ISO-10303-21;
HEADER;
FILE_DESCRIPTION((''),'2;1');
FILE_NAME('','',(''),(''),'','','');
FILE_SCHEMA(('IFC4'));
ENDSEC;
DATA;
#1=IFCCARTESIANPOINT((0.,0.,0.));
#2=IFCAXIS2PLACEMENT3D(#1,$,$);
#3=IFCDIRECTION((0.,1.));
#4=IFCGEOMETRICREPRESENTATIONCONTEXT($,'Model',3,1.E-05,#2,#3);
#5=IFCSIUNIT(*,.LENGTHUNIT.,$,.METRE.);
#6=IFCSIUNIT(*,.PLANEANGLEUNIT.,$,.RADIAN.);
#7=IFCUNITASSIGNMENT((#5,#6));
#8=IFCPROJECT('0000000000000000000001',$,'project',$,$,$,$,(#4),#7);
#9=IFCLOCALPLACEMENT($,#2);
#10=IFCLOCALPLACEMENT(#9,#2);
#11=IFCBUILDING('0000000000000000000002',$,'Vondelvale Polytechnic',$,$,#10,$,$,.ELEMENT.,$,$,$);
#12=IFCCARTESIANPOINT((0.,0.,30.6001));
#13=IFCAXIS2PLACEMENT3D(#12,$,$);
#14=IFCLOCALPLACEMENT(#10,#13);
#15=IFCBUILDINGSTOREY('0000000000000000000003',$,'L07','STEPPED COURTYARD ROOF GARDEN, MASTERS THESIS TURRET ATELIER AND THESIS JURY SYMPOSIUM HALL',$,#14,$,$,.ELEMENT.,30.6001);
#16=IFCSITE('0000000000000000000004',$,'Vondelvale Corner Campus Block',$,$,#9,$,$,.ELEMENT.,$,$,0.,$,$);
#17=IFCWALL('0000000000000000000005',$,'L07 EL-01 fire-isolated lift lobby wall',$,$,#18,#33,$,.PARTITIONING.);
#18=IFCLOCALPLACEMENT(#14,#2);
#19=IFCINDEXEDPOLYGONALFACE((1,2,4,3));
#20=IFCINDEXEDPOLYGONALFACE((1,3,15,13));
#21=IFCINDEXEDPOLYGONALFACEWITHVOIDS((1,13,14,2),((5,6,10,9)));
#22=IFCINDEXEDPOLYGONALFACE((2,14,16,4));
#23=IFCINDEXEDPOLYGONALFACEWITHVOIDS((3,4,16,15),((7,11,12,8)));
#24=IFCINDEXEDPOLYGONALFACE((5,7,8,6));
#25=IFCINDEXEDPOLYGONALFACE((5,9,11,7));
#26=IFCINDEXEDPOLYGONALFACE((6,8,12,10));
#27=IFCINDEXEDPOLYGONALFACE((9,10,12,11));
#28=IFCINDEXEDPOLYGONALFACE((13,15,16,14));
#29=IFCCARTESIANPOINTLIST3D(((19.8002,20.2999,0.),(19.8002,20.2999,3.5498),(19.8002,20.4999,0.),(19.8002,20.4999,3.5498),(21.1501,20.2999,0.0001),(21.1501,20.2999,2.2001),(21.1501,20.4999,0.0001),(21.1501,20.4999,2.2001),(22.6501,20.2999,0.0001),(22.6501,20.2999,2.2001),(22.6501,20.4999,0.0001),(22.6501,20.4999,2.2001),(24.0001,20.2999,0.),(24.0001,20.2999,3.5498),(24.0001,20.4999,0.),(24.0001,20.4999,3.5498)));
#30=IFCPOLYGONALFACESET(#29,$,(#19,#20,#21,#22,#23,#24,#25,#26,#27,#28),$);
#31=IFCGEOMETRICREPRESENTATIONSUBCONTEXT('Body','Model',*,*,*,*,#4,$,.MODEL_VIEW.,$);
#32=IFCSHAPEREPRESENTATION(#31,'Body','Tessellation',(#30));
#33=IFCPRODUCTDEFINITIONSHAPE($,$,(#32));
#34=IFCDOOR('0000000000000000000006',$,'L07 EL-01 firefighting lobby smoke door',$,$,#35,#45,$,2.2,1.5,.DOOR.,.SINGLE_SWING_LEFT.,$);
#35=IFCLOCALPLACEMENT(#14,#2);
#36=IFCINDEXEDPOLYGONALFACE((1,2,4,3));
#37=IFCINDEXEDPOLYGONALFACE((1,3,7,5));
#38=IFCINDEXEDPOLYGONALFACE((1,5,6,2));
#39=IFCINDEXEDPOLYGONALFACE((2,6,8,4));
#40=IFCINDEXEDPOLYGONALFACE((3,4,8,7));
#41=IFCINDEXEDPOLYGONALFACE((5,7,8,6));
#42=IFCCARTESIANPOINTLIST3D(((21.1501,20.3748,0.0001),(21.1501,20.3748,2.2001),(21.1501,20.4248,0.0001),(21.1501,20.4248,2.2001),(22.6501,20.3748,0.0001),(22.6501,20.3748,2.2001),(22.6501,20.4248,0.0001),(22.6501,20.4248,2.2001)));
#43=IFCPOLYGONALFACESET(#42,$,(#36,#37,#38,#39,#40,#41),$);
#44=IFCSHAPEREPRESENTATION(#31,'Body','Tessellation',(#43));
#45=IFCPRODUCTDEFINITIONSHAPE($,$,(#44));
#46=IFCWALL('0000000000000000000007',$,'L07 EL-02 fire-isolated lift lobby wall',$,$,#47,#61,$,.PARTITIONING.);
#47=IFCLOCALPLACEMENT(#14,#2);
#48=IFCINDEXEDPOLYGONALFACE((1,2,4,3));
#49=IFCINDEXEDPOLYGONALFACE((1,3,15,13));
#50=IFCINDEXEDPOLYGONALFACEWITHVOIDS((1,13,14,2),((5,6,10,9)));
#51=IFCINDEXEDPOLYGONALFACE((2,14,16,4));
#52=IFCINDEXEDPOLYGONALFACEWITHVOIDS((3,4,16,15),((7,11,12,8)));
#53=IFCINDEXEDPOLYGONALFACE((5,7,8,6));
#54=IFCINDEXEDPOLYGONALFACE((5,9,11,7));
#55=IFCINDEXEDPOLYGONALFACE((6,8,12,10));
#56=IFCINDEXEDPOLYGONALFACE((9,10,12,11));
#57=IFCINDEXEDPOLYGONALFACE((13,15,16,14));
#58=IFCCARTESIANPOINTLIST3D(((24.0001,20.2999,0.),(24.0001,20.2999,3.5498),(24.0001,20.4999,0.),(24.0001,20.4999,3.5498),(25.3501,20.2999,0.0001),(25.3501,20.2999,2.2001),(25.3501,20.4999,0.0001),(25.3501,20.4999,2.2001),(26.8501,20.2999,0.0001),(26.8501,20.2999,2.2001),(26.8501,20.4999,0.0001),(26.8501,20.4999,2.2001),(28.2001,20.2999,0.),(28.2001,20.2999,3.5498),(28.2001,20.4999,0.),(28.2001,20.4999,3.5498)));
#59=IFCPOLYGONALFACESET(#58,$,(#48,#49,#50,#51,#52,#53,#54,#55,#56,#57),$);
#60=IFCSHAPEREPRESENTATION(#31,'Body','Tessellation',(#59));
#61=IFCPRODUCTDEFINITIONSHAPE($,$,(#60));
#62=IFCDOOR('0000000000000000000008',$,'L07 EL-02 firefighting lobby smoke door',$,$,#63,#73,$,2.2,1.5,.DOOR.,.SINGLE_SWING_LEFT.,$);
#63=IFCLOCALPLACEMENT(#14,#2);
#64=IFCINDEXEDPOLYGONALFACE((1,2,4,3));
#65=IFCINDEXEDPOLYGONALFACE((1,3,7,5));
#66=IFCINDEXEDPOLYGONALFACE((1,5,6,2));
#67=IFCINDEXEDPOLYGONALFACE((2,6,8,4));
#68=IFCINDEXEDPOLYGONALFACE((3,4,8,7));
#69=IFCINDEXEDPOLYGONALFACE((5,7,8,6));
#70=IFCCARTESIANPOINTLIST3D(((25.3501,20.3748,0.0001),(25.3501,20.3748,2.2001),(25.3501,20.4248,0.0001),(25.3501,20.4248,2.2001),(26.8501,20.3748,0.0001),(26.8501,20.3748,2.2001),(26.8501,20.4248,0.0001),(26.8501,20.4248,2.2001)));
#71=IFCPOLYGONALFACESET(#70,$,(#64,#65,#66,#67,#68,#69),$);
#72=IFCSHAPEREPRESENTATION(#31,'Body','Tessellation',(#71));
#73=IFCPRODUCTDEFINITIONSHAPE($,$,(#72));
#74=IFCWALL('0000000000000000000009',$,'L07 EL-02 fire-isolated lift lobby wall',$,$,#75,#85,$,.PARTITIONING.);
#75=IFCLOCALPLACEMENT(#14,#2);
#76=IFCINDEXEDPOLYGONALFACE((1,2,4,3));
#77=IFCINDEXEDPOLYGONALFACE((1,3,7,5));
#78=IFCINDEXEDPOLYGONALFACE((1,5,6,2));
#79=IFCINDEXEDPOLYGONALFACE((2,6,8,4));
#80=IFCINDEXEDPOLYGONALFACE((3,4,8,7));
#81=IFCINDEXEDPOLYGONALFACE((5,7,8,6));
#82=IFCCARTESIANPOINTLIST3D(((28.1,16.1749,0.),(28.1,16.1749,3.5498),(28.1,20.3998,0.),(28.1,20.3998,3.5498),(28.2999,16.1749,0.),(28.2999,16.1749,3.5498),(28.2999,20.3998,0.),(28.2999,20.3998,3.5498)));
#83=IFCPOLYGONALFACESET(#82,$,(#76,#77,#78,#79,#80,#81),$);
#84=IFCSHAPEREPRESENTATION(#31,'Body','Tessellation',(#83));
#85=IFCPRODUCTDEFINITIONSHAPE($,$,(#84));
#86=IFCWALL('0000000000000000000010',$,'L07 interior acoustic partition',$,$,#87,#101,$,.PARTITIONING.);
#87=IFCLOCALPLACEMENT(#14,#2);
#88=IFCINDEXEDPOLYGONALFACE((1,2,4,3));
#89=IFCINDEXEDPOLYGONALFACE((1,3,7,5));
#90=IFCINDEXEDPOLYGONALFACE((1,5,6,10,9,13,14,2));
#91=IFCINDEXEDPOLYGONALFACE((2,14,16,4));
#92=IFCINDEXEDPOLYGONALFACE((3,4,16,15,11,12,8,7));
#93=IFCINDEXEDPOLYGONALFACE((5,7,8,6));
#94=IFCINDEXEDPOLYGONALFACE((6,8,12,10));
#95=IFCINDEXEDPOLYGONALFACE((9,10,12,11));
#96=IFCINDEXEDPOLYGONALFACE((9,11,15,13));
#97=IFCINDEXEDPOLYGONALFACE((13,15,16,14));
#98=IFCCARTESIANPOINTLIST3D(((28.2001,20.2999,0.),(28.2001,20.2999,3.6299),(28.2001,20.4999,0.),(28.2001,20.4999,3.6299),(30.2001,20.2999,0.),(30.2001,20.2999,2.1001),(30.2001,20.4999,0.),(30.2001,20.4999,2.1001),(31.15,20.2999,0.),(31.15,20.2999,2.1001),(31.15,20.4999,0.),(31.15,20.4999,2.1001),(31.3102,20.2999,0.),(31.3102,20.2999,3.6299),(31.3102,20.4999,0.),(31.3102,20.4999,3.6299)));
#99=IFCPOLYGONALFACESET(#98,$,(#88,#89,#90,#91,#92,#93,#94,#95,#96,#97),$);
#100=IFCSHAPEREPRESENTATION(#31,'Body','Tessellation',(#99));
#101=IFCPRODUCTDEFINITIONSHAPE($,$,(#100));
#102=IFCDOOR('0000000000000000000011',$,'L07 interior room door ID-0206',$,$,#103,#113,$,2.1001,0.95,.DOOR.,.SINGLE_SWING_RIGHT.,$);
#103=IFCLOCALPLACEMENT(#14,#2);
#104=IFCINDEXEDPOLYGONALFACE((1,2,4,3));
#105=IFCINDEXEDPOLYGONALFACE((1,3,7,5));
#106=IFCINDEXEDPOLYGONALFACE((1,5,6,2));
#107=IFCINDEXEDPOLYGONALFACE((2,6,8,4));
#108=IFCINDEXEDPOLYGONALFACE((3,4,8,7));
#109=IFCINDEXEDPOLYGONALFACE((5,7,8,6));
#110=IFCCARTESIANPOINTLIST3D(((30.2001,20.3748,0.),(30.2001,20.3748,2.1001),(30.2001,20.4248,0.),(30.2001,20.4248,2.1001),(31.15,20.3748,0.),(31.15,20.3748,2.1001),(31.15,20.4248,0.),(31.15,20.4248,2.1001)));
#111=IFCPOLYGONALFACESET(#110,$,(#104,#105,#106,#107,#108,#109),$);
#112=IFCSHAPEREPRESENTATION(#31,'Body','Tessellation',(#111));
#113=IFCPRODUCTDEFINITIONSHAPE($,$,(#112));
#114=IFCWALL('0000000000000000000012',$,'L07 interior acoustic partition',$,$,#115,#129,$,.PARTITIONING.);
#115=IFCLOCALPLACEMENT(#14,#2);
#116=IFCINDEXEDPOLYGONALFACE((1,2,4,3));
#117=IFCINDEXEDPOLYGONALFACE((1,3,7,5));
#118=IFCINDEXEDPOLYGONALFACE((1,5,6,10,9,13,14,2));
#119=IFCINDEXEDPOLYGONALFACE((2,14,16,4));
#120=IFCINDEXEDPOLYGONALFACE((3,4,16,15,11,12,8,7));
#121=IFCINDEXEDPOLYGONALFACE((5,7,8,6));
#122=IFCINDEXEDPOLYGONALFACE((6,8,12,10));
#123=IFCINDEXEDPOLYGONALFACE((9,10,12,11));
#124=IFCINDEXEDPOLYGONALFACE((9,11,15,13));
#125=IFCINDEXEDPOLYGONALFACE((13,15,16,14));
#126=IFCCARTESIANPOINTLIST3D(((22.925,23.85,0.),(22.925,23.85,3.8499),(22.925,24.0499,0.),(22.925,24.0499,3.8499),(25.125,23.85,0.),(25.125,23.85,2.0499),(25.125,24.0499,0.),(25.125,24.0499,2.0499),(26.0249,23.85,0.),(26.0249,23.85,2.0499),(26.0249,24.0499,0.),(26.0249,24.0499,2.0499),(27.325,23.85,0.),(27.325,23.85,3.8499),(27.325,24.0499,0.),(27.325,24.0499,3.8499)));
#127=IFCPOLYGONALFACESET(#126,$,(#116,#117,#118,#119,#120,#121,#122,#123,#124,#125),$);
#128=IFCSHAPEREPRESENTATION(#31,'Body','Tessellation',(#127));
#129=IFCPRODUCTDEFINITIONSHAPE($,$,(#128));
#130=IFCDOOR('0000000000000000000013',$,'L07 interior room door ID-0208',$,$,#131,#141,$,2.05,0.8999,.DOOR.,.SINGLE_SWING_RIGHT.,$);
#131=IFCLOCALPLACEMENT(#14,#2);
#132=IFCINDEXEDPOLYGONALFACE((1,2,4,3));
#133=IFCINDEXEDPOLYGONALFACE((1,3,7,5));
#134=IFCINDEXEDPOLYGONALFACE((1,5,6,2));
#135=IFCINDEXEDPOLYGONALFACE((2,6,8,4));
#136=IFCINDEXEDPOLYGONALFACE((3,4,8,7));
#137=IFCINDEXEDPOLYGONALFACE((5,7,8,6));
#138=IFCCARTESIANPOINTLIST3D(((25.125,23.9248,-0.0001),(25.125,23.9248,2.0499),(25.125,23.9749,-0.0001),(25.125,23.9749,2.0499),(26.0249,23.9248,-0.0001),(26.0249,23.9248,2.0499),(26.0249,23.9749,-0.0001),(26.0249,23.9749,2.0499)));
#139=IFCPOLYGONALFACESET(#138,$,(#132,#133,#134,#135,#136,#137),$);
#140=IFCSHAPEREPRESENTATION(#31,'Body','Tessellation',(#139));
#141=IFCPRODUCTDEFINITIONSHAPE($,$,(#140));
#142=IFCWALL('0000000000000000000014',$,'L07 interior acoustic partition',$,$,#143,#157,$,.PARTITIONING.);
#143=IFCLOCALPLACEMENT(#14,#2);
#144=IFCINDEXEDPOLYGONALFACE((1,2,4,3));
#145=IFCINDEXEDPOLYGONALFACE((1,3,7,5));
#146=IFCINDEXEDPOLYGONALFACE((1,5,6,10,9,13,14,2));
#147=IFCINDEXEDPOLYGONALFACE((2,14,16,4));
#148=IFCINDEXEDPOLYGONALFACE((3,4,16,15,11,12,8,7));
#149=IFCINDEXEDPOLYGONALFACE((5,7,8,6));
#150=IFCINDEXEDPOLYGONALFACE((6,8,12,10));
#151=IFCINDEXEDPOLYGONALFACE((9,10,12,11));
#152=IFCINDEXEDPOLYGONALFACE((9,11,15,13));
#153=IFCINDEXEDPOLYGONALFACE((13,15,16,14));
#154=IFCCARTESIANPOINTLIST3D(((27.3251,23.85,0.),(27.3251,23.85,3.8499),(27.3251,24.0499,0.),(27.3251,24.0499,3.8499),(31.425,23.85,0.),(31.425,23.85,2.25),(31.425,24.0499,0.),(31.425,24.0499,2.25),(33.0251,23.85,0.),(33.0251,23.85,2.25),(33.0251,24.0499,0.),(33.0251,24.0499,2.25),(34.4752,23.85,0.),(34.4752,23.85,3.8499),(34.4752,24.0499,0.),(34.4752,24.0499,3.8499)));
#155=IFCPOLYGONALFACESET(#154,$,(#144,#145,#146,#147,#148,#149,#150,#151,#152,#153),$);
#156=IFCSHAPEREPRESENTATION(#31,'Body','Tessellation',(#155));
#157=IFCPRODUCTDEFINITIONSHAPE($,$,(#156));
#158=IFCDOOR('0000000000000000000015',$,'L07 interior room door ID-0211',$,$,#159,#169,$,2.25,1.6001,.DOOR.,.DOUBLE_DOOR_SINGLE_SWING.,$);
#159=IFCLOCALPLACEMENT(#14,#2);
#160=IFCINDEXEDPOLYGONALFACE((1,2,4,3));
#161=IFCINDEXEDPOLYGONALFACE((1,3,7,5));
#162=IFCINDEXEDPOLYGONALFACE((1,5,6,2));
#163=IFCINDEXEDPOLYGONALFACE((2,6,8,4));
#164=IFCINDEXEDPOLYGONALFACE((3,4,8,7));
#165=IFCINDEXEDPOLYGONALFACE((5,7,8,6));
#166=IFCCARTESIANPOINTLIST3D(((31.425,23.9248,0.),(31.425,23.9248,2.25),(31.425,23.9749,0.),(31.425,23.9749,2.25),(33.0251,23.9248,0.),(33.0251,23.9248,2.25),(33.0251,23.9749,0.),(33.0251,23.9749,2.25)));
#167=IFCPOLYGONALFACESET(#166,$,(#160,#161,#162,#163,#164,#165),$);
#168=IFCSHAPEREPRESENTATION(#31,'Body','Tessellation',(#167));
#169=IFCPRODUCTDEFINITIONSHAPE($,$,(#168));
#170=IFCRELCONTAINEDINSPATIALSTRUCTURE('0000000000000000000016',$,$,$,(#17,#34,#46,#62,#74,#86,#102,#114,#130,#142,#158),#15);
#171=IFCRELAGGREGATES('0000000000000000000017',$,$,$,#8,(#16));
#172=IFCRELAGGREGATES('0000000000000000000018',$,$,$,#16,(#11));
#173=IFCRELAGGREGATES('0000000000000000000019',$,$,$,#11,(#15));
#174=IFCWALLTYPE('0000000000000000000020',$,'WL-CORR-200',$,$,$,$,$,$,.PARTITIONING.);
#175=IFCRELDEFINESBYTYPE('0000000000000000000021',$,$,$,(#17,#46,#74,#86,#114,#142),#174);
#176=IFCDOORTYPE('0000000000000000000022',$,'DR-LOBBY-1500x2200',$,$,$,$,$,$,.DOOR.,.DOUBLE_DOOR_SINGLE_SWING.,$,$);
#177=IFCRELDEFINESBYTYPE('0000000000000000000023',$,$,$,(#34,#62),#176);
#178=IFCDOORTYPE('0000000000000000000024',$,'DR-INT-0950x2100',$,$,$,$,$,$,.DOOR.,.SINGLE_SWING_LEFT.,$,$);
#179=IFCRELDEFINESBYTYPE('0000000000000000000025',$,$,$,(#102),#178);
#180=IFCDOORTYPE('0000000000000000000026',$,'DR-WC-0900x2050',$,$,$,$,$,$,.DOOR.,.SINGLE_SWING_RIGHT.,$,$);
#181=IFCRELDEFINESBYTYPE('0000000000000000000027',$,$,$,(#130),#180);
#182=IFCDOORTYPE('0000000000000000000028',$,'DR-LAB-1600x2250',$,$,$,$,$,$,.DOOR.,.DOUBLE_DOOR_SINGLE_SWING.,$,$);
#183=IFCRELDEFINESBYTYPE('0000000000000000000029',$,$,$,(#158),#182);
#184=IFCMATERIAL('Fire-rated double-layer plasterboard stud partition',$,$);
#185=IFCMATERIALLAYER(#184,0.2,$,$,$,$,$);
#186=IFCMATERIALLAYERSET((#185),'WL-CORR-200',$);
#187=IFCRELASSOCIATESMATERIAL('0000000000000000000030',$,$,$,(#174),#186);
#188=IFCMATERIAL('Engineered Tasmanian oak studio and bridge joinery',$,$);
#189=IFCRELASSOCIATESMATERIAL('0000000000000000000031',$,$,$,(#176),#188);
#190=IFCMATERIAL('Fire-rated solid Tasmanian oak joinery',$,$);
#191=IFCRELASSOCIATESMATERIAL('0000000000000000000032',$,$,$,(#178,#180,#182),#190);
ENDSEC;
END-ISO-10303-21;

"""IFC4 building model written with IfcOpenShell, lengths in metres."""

from ifc_helpers import new_model, si_unit, direction, frame, frame_2d, origin, place, context, subcontext, project, spatial, rectangle, extrude, material, layer, layer_set, type_object, element, fill, save


model = new_model("IFC4")

# Units and contexts
model_context = context("Model", 3, precision=1e-05, world=origin(), true_north=direction((0.0, 1.0)))
body_context = subcontext(model_context, "Body", "Model", "MODEL_VIEW")
ifc_project = project(units=[si_unit("LENGTHUNIT", "METRE"), si_unit("PLANEANGLEUNIT", "RADIAN")], contexts=[model_context])

# Site, building, storey
site_placement = place(None, origin())
site = spatial("IfcSite", under=ifc_project, at=site_placement, Name="Vondelvale Corner Campus Block", CompositionType="ELEMENT", RefElevation=0.0)
building_placement = place(site_placement, origin())
building = spatial("IfcBuilding", under=site, at=building_placement, Name="Vondelvale Polytechnic", CompositionType="ELEMENT")
storey_placement = place(building_placement, frame((0.0, 0.0, 30.6001)))
storey = spatial("IfcBuildingStorey", under=building, at=storey_placement, Name="L07", Description="STEPPED COURTYARD ROOF GARDEN, MASTERS THESIS TURRET ATELIER AND THESIS JURY SYMPOSIUM HALL", CompositionType="ELEMENT", Elevation=30.6001)

# Walls, openings, doors
ifc_material_1 = material(Name="Fire-rated double-layer plasterboard stud partition")
ifc_layer_1 = layer(ifc_material_1, 0.2)
ifc_layer_set_1 = layer_set([ifc_layer_1], Name="WL-CORR-200")
wall_type_1 = type_object("IfcWallType", Name="WL-CORR-200", PredefinedType="PARTITIONING", material=ifc_layer_set_1)
wall_1_placement = place(storey_placement, frame((19.8, 20.3999, 0.0), z_axis=(0.0, 0.0, 1.0), x_axis=(1.0, 0.0, 0.0)))
wall_1 = element("IfcWall", 1, at=wall_1_placement, inside=storey, type_object=wall_type_1, Name="L07 EL-01 fire-isolated lift lobby wall", PredefinedType="PARTITIONING", context=body_context, shape_type="SweptSolid", body=[
    extrude(rectangle(XDim=4.2, YDim=0.2, at=frame_2d((2.1001, 0.0))), origin(), (0.0, 0.0, 1.0), 3.5498),
])
opening_1_placement = place(wall_1_placement, frame((1.3501, 0.0, 0.0)))
opening_1 = element("IfcOpeningElement", 2, at=opening_1_placement, cuts=wall_1, PredefinedType="OPENING", context=body_context, shape_type="SweptSolid", body=[
    extrude(rectangle(XDim=1.5, YDim=2.2, at=frame_2d((0.75, 1.1001))), frame((0.0, 0.1099, 0.0), z_axis=(0.0, -1.0, 0.0), x_axis=(1.0, 0.0, 0.0)), (0.0, 0.0, 1.0), 0.22),
])
ifc_material_2 = material(Name="Engineered Tasmanian oak studio and bridge joinery")
door_type_1 = type_object("IfcDoorType", Name="DR-LOBBY-1500x2200", OperationType="DOUBLE_DOOR_SINGLE_SWING", PredefinedType="DOOR", material=ifc_material_2)
door_1_placement = place(opening_1_placement, origin())
door_1 = element("IfcDoor", 3, at=door_1_placement, inside=storey, type_object=door_type_1, Name="L07 EL-01 firefighting lobby smoke door", OperationType="SINGLE_SWING_LEFT", OverallHeight=2.2, OverallWidth=1.5, PredefinedType="DOOR", context=body_context, shape_type="SweptSolid", body=[
    extrude(rectangle(XDim=1.5, YDim=2.2, at=frame_2d((0.75, 1.1001))), frame((0.0, 0.0249, 0.0), z_axis=(0.0, -1.0, 0.0), x_axis=(1.0, 0.0, 0.0)), (0.0, 0.0, 1.0), 0.05),
])
fill(opening_1, door_1)
wall_2_placement = place(storey_placement, frame((24.0, 20.3999, 0.0), z_axis=(0.0, 0.0, 1.0), x_axis=(1.0, 0.0, 0.0)))
wall_2 = element("IfcWall", 4, at=wall_2_placement, inside=storey, type_object=wall_type_1, Name="L07 EL-02 fire-isolated lift lobby wall", PredefinedType="PARTITIONING", context=body_context, shape_type="SweptSolid", body=[
    extrude(rectangle(XDim=4.2, YDim=0.2, at=frame_2d((2.1001, 0.0))), origin(), (0.0, 0.0, 1.0), 3.5498),
])
opening_2_placement = place(wall_2_placement, frame((1.3501, 0.0, 0.0)))
opening_2 = element("IfcOpeningElement", 5, at=opening_2_placement, cuts=wall_2, PredefinedType="OPENING", context=body_context, shape_type="SweptSolid", body=[
    extrude(rectangle(XDim=1.5, YDim=2.2, at=frame_2d((0.75, 1.1001))), frame((0.0, 0.1099, 0.0), z_axis=(0.0, -1.0, 0.0), x_axis=(1.0, 0.0, 0.0)), (0.0, 0.0, 1.0), 0.22),
])
door_2_placement = place(opening_2_placement, origin())
door_2 = element("IfcDoor", 6, at=door_2_placement, inside=storey, type_object=door_type_1, Name="L07 EL-02 firefighting lobby smoke door", OperationType="SINGLE_SWING_LEFT", OverallHeight=2.2, OverallWidth=1.5, PredefinedType="DOOR", context=body_context, shape_type="SweptSolid", body=[
    extrude(rectangle(XDim=1.5, YDim=2.2, at=frame_2d((0.75, 1.1001))), frame((0.0, 0.0249, 0.0), z_axis=(0.0, -1.0, 0.0), x_axis=(1.0, 0.0, 0.0)), (0.0, 0.0, 1.0), 0.05),
])
fill(opening_2, door_2)

# Wall
wall_3_placement = place(storey_placement, frame((28.2, 16.175, 0.0), z_axis=(0.0, 0.0, 1.0), x_axis=(0.0, 1.0, 0.0)))
element("IfcWall", 7, at=wall_3_placement, inside=storey, type_object=wall_type_1, Name="L07 EL-02 fire-isolated lift lobby wall", PredefinedType="PARTITIONING", context=body_context, shape_type="SweptSolid", body=[
    extrude(rectangle(XDim=4.2249, YDim=0.2, at=frame_2d((2.1123, 0.0))), origin(), (0.0, 0.0, 1.0), 3.5498),
])

# Walls, openings, doors
wall_4_placement = place(storey_placement, frame((28.2, 20.3999, 0.0), z_axis=(0.0, 0.0, 1.0), x_axis=(1.0, 0.0, 0.0)))
wall_4 = element("IfcWall", 8, at=wall_4_placement, inside=storey, type_object=wall_type_1, Name="L07 interior acoustic partition", PredefinedType="PARTITIONING", context=body_context, shape_type="SweptSolid", body=[
    extrude(rectangle(XDim=3.1101, YDim=0.2, at=frame_2d((1.5552, 0.0))), origin(), (0.0, 0.0, 1.0), 3.6299),
])
opening_3_placement = place(wall_4_placement, frame((2.0, 0.0, 0.0)))
opening_3 = element("IfcOpeningElement", 9, at=opening_3_placement, cuts=wall_4, PredefinedType="OPENING", context=body_context, shape_type="SweptSolid", body=[
    extrude(rectangle(XDim=0.95, YDim=2.1001, at=frame_2d((0.4751, 1.05))), frame((0.0, 0.1099, 0.0), z_axis=(0.0, -1.0, 0.0), x_axis=(1.0, 0.0, 0.0)), (0.0, 0.0, 1.0), 0.22),
])
ifc_material_3 = material(Name="Fire-rated solid Tasmanian oak joinery")
door_type_2 = type_object("IfcDoorType", Name="DR-INT-0950x2100", OperationType="SINGLE_SWING_LEFT", PredefinedType="DOOR", material=ifc_material_3)
door_3_placement = place(opening_3_placement, origin())
door_3 = element("IfcDoor", 10, at=door_3_placement, inside=storey, type_object=door_type_2, Name="L07 interior room door ID-0206", OperationType="SINGLE_SWING_RIGHT", OverallHeight=2.1001, OverallWidth=0.95, PredefinedType="DOOR", context=body_context, shape_type="SweptSolid", body=[
    extrude(rectangle(XDim=0.95, YDim=2.1001, at=frame_2d((0.4751, 1.05))), frame((0.0, 0.0249, 0.0), z_axis=(0.0, -1.0, 0.0), x_axis=(1.0, 0.0, 0.0)), (0.0, 0.0, 1.0), 0.05),
])
fill(opening_3, door_3)
wall_5_placement = place(storey_placement, frame((22.925, 23.95, 0.0), z_axis=(0.0, 0.0, 1.0), x_axis=(1.0, 0.0, 0.0)))
wall_5 = element("IfcWall", 11, at=wall_5_placement, inside=storey, type_object=wall_type_1, Name="L07 interior acoustic partition", PredefinedType="PARTITIONING", context=body_context, shape_type="SweptSolid", body=[
    extrude(rectangle(XDim=4.3999, YDim=0.2, at=frame_2d((2.2, 0.0))), origin(), (0.0, 0.0, 1.0), 3.8499),
])
opening_4_placement = place(wall_5_placement, frame((2.2, 0.0, 0.0)))
opening_4 = element("IfcOpeningElement", 12, at=opening_4_placement, cuts=wall_5, PredefinedType="OPENING", context=body_context, shape_type="SweptSolid", body=[
    extrude(rectangle(XDim=0.8999, YDim=2.05, at=frame_2d((0.45, 1.0249))), frame((0.0, 0.1099, 0.0), z_axis=(0.0, -1.0, 0.0), x_axis=(1.0, 0.0, 0.0)), (0.0, 0.0, 1.0), 0.22),
])
door_type_3 = type_object("IfcDoorType", Name="DR-WC-0900x2050", OperationType="SINGLE_SWING_RIGHT", PredefinedType="DOOR", material=ifc_material_3)
door_4_placement = place(opening_4_placement, origin())
door_4 = element("IfcDoor", 13, at=door_4_placement, inside=storey, type_object=door_type_3, Name="L07 interior room door ID-0208", OperationType="SINGLE_SWING_RIGHT", OverallHeight=2.05, OverallWidth=0.8999, PredefinedType="DOOR", context=body_context, shape_type="SweptSolid", body=[
    extrude(rectangle(XDim=0.8999, YDim=2.05, at=frame_2d((0.45, 1.0249))), frame((0.0, 0.0249, 0.0), z_axis=(0.0, -1.0, 0.0), x_axis=(1.0, 0.0, 0.0)), (0.0, 0.0, 1.0), 0.05),
])
fill(opening_4, door_4)
wall_6_placement = place(storey_placement, frame((27.325, 23.95, 0.0), z_axis=(0.0, 0.0, 1.0), x_axis=(1.0, 0.0, 0.0)))
wall_6 = element("IfcWall", 14, at=wall_6_placement, inside=storey, type_object=wall_type_1, Name="L07 interior acoustic partition", PredefinedType="PARTITIONING", context=body_context, shape_type="SweptSolid", body=[
    extrude(rectangle(XDim=7.1501, YDim=0.2, at=frame_2d((3.5752, 0.0))), origin(), (0.0, 0.0, 1.0), 3.8499),
])
opening_5_placement = place(wall_6_placement, frame((4.1001, 0.0, 0.0)))
opening_5 = element("IfcOpeningElement", 15, at=opening_5_placement, cuts=wall_6, PredefinedType="OPENING", context=body_context, shape_type="SweptSolid", body=[
    extrude(rectangle(XDim=1.6001, YDim=2.25, at=frame_2d((0.8, 1.125))), frame((0.0, 0.1099, 0.0), z_axis=(0.0, -1.0, 0.0), x_axis=(1.0, 0.0, 0.0)), (0.0, 0.0, 1.0), 0.22),
])
door_type_4 = type_object("IfcDoorType", Name="DR-LAB-1600x2250", OperationType="DOUBLE_DOOR_SINGLE_SWING", PredefinedType="DOOR", material=ifc_material_3)
door_5_placement = place(opening_5_placement, origin())
door_5 = element("IfcDoor", 16, at=door_5_placement, inside=storey, type_object=door_type_4, Name="L07 interior room door ID-0211", OperationType="DOUBLE_DOOR_SINGLE_SWING", OverallHeight=2.25, OverallWidth=1.6001, PredefinedType="DOOR", context=body_context, shape_type="SweptSolid", body=[
    extrude(rectangle(XDim=1.6001, YDim=2.25, at=frame_2d((0.8, 1.125))), frame((0.0, 0.0249, 0.0), z_axis=(0.0, -1.0, 0.0), x_axis=(1.0, 0.0, 0.0)), (0.0, 0.0, 1.0), 0.05),
])
fill(opening_5, door_5)

save(model, "model.ifc")
